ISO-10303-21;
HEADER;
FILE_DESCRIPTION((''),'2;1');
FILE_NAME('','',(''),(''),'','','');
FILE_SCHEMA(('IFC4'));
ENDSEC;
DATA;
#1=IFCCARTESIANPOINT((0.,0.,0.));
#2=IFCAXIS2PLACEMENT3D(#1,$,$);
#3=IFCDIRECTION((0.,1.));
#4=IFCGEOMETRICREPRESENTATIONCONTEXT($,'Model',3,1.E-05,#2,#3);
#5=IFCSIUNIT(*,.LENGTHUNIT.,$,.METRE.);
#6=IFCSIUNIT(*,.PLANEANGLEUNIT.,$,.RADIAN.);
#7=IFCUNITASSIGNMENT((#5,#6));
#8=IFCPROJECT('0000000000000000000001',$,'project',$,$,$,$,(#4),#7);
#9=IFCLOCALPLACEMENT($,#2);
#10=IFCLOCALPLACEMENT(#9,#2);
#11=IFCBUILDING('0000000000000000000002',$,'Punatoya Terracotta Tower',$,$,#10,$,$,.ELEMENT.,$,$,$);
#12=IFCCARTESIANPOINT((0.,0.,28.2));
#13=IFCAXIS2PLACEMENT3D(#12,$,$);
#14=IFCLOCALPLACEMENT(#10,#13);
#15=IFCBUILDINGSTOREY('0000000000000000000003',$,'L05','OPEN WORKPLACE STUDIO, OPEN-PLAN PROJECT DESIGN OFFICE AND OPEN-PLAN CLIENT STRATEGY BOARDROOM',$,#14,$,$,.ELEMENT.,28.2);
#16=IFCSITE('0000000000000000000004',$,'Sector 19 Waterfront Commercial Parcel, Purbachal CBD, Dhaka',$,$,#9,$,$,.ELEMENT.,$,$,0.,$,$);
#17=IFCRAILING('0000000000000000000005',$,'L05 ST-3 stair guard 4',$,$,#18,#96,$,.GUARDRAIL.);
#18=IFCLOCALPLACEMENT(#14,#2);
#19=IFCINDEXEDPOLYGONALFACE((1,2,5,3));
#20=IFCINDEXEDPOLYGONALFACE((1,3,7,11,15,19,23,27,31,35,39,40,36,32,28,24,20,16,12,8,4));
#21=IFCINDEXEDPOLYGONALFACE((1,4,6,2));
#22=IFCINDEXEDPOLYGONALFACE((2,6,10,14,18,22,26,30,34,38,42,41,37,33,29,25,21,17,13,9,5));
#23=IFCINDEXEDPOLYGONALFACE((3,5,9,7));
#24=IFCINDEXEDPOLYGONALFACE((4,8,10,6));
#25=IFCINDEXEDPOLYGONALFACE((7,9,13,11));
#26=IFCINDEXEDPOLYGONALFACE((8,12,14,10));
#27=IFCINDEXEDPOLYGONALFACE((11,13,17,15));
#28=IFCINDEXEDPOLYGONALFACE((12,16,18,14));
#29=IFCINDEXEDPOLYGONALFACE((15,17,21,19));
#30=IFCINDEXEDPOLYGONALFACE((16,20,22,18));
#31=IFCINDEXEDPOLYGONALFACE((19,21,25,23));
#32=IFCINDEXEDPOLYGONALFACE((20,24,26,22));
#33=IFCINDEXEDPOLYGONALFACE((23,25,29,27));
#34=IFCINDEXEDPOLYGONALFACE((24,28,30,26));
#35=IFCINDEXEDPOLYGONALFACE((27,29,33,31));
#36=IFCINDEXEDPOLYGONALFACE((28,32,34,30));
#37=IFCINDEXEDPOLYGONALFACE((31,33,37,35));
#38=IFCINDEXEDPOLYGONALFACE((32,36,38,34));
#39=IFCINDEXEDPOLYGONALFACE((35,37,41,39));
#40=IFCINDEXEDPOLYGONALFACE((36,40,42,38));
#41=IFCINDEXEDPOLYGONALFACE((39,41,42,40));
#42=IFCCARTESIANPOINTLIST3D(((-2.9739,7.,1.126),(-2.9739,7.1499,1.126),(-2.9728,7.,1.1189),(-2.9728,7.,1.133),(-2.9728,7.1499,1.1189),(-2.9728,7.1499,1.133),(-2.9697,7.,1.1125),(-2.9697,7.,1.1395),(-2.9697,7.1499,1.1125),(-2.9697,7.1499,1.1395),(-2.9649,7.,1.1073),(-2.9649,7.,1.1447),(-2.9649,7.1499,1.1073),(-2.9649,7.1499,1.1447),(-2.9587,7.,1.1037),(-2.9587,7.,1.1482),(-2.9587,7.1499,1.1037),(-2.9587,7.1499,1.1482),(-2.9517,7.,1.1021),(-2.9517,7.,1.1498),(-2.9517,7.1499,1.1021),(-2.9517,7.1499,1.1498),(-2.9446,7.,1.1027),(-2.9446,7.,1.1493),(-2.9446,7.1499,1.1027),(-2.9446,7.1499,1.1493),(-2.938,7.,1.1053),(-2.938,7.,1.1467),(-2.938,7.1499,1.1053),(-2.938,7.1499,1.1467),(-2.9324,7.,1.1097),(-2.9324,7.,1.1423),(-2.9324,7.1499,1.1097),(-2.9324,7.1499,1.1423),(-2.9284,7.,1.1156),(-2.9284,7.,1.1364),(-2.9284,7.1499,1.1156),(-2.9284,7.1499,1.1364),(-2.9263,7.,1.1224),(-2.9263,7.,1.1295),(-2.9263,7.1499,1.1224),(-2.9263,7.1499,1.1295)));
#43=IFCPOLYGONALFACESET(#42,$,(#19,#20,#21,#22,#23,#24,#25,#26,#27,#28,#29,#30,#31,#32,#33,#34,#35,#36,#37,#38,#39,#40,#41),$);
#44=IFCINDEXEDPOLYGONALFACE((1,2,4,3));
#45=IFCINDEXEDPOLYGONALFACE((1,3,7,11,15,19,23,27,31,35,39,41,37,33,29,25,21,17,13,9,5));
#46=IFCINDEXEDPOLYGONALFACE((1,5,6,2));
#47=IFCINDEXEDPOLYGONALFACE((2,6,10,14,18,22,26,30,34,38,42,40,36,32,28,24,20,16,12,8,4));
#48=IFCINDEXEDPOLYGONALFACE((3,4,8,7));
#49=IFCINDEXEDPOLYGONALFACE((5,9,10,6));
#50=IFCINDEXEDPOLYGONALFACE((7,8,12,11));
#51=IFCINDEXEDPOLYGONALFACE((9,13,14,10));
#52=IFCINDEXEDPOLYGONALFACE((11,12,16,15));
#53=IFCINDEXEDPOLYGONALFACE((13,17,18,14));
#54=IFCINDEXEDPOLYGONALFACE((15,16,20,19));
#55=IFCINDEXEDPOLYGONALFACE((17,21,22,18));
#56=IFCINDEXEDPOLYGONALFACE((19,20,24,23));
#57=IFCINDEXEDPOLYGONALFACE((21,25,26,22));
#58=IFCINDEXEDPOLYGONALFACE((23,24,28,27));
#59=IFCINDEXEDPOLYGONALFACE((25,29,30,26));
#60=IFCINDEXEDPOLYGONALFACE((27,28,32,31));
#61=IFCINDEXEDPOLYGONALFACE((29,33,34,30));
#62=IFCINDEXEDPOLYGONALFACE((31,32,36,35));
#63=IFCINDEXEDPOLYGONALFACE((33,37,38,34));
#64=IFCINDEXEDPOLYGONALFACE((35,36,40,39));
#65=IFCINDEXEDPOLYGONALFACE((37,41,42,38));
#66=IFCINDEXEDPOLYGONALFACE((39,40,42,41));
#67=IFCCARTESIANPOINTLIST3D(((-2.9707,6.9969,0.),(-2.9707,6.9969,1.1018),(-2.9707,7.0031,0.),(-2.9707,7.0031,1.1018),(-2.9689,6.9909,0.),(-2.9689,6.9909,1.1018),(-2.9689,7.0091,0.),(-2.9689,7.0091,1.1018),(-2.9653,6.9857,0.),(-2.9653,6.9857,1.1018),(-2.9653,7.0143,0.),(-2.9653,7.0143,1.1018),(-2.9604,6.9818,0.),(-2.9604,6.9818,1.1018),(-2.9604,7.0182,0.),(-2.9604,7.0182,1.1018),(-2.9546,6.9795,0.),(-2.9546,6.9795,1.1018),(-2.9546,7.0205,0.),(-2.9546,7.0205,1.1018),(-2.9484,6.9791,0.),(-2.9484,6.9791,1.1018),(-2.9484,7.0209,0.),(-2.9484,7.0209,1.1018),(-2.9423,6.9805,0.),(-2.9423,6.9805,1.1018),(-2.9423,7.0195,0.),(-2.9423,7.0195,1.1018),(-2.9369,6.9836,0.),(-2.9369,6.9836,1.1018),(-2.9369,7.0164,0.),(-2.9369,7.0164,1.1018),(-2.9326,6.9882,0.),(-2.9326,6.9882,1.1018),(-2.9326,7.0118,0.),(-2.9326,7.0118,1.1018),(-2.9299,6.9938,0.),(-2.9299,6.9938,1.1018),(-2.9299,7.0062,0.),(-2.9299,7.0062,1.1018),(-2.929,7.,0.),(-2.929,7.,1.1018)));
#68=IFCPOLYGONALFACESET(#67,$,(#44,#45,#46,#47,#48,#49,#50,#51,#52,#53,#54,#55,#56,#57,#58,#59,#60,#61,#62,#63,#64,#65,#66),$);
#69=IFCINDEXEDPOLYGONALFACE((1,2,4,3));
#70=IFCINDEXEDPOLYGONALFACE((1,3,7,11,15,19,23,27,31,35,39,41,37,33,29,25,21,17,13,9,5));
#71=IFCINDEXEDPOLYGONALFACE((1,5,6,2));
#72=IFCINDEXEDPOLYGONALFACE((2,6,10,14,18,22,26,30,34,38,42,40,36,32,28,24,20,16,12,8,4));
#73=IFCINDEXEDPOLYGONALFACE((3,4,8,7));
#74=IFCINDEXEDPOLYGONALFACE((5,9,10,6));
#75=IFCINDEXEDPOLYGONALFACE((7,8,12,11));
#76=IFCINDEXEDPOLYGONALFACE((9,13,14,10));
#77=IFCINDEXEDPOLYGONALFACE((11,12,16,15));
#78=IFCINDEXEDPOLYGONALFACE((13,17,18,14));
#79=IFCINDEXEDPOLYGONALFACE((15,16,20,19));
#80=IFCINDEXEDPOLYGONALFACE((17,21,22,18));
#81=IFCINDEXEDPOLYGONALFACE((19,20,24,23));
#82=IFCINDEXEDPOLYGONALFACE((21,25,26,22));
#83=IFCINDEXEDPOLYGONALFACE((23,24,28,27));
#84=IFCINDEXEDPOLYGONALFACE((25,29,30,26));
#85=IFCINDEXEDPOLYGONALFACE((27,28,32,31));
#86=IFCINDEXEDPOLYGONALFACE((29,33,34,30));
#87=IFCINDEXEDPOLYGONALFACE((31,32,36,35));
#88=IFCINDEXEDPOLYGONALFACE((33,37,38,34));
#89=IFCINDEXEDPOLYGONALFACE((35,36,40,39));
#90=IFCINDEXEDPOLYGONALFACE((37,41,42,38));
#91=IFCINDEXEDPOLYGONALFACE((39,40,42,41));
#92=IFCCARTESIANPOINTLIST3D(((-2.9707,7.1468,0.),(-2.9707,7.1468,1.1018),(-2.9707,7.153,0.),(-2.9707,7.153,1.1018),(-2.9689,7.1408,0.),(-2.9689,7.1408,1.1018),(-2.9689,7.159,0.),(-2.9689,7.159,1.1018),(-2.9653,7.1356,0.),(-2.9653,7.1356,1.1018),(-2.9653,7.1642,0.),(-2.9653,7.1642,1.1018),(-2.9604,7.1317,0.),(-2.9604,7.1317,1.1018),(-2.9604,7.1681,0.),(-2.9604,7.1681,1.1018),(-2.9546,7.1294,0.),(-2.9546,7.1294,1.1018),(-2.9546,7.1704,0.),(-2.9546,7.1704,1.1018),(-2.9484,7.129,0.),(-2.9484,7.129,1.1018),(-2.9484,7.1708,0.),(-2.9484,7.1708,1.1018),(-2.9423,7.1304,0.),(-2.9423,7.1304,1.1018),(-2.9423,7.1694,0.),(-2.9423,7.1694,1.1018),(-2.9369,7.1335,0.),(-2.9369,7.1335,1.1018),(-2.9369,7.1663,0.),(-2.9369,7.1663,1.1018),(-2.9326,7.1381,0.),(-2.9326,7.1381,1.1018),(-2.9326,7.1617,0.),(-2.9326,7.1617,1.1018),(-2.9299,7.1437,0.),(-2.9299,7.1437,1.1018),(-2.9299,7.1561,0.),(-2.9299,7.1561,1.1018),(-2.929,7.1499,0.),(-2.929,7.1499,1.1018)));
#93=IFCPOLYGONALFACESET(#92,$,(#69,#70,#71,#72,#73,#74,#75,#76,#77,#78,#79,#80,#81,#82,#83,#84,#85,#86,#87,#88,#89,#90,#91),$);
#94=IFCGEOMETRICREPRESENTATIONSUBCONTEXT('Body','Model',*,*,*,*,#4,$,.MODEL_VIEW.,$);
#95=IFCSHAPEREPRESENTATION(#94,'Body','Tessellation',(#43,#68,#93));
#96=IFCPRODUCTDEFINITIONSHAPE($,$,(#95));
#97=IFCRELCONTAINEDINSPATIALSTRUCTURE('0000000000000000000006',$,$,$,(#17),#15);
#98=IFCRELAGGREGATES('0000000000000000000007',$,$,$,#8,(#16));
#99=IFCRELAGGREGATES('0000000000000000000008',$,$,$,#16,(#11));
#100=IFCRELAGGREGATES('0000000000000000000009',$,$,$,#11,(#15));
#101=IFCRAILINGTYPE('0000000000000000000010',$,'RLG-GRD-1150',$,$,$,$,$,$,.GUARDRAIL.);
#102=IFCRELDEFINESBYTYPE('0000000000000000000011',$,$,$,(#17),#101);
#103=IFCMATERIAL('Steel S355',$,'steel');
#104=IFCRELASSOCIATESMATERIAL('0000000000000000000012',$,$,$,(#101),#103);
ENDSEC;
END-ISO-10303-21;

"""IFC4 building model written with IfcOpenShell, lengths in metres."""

from ifc_helpers import new_model, si_unit, direction, frame, origin, origin_2d, place, context, subcontext, project, spatial, circle, extrude, material, type_object, element, save


model = new_model("IFC4")

# Units and contexts
model_context = context("Model", 3, precision=1e-05, world=origin(), true_north=direction((0.0, 1.0)))
body_context = subcontext(model_context, "Body", "Model", "MODEL_VIEW")
ifc_project = project(units=[si_unit("LENGTHUNIT", "METRE"), si_unit("PLANEANGLEUNIT", "RADIAN")], contexts=[model_context])

# Site, building, storey
site_placement = place(None, origin())
site = spatial("IfcSite", under=ifc_project, at=site_placement, Name="Sector 19 Waterfront Commercial Parcel, Purbachal CBD, Dhaka", CompositionType="ELEMENT", RefElevation=0.0)
building_placement = place(site_placement, origin())
building = spatial("IfcBuilding", under=site, at=building_placement, Name="Punatoya Terracotta Tower", CompositionType="ELEMENT")
storey_placement = place(building_placement, frame((0.0, 0.0, 28.2)))
storey = spatial("IfcBuildingStorey", under=building, at=storey_placement, Name="L05", Description="OPEN WORKPLACE STUDIO, OPEN-PLAN PROJECT DESIGN OFFICE AND OPEN-PLAN CLIENT STRATEGY BOARDROOM", CompositionType="ELEMENT", Elevation=28.2)

# Shared definitions
ifc_material_1 = material(Name="Steel S355", Category="steel")

# Railing
railing_type_1 = type_object("IfcRailingType", Name="RLG-GRD-1150", PredefinedType="GUARDRAIL", material=ifc_material_1)
railing_1_placement = place(storey_placement, frame((-2.95, 7.0, 0.0)))
element("IfcRailing", 1, at=railing_1_placement, inside=storey, type_object=railing_type_1, Name="L05 ST-3 stair guard 4", PredefinedType="GUARDRAIL", context=body_context, shape_type="SweptSolid", body=[
    extrude(circle(Radius=0.0239, at=origin_2d()), frame((0.0, 0.0, 1.126), z_axis=(0.0, 1.0, 0.0), x_axis=(-1.0, 0.0, 0.0)), (0.0, 0.0, 1.0), 0.1499),
    extrude(circle(Radius=0.021, at=origin_2d()), origin(), (0.0, 0.0, 1.0), 1.1018),
    extrude(circle(Radius=0.021, at=origin_2d()), frame((0.0, 0.1499, 0.0)), (0.0, 0.0, 1.0), 1.1018),
])

save(model, "model.ifc")
